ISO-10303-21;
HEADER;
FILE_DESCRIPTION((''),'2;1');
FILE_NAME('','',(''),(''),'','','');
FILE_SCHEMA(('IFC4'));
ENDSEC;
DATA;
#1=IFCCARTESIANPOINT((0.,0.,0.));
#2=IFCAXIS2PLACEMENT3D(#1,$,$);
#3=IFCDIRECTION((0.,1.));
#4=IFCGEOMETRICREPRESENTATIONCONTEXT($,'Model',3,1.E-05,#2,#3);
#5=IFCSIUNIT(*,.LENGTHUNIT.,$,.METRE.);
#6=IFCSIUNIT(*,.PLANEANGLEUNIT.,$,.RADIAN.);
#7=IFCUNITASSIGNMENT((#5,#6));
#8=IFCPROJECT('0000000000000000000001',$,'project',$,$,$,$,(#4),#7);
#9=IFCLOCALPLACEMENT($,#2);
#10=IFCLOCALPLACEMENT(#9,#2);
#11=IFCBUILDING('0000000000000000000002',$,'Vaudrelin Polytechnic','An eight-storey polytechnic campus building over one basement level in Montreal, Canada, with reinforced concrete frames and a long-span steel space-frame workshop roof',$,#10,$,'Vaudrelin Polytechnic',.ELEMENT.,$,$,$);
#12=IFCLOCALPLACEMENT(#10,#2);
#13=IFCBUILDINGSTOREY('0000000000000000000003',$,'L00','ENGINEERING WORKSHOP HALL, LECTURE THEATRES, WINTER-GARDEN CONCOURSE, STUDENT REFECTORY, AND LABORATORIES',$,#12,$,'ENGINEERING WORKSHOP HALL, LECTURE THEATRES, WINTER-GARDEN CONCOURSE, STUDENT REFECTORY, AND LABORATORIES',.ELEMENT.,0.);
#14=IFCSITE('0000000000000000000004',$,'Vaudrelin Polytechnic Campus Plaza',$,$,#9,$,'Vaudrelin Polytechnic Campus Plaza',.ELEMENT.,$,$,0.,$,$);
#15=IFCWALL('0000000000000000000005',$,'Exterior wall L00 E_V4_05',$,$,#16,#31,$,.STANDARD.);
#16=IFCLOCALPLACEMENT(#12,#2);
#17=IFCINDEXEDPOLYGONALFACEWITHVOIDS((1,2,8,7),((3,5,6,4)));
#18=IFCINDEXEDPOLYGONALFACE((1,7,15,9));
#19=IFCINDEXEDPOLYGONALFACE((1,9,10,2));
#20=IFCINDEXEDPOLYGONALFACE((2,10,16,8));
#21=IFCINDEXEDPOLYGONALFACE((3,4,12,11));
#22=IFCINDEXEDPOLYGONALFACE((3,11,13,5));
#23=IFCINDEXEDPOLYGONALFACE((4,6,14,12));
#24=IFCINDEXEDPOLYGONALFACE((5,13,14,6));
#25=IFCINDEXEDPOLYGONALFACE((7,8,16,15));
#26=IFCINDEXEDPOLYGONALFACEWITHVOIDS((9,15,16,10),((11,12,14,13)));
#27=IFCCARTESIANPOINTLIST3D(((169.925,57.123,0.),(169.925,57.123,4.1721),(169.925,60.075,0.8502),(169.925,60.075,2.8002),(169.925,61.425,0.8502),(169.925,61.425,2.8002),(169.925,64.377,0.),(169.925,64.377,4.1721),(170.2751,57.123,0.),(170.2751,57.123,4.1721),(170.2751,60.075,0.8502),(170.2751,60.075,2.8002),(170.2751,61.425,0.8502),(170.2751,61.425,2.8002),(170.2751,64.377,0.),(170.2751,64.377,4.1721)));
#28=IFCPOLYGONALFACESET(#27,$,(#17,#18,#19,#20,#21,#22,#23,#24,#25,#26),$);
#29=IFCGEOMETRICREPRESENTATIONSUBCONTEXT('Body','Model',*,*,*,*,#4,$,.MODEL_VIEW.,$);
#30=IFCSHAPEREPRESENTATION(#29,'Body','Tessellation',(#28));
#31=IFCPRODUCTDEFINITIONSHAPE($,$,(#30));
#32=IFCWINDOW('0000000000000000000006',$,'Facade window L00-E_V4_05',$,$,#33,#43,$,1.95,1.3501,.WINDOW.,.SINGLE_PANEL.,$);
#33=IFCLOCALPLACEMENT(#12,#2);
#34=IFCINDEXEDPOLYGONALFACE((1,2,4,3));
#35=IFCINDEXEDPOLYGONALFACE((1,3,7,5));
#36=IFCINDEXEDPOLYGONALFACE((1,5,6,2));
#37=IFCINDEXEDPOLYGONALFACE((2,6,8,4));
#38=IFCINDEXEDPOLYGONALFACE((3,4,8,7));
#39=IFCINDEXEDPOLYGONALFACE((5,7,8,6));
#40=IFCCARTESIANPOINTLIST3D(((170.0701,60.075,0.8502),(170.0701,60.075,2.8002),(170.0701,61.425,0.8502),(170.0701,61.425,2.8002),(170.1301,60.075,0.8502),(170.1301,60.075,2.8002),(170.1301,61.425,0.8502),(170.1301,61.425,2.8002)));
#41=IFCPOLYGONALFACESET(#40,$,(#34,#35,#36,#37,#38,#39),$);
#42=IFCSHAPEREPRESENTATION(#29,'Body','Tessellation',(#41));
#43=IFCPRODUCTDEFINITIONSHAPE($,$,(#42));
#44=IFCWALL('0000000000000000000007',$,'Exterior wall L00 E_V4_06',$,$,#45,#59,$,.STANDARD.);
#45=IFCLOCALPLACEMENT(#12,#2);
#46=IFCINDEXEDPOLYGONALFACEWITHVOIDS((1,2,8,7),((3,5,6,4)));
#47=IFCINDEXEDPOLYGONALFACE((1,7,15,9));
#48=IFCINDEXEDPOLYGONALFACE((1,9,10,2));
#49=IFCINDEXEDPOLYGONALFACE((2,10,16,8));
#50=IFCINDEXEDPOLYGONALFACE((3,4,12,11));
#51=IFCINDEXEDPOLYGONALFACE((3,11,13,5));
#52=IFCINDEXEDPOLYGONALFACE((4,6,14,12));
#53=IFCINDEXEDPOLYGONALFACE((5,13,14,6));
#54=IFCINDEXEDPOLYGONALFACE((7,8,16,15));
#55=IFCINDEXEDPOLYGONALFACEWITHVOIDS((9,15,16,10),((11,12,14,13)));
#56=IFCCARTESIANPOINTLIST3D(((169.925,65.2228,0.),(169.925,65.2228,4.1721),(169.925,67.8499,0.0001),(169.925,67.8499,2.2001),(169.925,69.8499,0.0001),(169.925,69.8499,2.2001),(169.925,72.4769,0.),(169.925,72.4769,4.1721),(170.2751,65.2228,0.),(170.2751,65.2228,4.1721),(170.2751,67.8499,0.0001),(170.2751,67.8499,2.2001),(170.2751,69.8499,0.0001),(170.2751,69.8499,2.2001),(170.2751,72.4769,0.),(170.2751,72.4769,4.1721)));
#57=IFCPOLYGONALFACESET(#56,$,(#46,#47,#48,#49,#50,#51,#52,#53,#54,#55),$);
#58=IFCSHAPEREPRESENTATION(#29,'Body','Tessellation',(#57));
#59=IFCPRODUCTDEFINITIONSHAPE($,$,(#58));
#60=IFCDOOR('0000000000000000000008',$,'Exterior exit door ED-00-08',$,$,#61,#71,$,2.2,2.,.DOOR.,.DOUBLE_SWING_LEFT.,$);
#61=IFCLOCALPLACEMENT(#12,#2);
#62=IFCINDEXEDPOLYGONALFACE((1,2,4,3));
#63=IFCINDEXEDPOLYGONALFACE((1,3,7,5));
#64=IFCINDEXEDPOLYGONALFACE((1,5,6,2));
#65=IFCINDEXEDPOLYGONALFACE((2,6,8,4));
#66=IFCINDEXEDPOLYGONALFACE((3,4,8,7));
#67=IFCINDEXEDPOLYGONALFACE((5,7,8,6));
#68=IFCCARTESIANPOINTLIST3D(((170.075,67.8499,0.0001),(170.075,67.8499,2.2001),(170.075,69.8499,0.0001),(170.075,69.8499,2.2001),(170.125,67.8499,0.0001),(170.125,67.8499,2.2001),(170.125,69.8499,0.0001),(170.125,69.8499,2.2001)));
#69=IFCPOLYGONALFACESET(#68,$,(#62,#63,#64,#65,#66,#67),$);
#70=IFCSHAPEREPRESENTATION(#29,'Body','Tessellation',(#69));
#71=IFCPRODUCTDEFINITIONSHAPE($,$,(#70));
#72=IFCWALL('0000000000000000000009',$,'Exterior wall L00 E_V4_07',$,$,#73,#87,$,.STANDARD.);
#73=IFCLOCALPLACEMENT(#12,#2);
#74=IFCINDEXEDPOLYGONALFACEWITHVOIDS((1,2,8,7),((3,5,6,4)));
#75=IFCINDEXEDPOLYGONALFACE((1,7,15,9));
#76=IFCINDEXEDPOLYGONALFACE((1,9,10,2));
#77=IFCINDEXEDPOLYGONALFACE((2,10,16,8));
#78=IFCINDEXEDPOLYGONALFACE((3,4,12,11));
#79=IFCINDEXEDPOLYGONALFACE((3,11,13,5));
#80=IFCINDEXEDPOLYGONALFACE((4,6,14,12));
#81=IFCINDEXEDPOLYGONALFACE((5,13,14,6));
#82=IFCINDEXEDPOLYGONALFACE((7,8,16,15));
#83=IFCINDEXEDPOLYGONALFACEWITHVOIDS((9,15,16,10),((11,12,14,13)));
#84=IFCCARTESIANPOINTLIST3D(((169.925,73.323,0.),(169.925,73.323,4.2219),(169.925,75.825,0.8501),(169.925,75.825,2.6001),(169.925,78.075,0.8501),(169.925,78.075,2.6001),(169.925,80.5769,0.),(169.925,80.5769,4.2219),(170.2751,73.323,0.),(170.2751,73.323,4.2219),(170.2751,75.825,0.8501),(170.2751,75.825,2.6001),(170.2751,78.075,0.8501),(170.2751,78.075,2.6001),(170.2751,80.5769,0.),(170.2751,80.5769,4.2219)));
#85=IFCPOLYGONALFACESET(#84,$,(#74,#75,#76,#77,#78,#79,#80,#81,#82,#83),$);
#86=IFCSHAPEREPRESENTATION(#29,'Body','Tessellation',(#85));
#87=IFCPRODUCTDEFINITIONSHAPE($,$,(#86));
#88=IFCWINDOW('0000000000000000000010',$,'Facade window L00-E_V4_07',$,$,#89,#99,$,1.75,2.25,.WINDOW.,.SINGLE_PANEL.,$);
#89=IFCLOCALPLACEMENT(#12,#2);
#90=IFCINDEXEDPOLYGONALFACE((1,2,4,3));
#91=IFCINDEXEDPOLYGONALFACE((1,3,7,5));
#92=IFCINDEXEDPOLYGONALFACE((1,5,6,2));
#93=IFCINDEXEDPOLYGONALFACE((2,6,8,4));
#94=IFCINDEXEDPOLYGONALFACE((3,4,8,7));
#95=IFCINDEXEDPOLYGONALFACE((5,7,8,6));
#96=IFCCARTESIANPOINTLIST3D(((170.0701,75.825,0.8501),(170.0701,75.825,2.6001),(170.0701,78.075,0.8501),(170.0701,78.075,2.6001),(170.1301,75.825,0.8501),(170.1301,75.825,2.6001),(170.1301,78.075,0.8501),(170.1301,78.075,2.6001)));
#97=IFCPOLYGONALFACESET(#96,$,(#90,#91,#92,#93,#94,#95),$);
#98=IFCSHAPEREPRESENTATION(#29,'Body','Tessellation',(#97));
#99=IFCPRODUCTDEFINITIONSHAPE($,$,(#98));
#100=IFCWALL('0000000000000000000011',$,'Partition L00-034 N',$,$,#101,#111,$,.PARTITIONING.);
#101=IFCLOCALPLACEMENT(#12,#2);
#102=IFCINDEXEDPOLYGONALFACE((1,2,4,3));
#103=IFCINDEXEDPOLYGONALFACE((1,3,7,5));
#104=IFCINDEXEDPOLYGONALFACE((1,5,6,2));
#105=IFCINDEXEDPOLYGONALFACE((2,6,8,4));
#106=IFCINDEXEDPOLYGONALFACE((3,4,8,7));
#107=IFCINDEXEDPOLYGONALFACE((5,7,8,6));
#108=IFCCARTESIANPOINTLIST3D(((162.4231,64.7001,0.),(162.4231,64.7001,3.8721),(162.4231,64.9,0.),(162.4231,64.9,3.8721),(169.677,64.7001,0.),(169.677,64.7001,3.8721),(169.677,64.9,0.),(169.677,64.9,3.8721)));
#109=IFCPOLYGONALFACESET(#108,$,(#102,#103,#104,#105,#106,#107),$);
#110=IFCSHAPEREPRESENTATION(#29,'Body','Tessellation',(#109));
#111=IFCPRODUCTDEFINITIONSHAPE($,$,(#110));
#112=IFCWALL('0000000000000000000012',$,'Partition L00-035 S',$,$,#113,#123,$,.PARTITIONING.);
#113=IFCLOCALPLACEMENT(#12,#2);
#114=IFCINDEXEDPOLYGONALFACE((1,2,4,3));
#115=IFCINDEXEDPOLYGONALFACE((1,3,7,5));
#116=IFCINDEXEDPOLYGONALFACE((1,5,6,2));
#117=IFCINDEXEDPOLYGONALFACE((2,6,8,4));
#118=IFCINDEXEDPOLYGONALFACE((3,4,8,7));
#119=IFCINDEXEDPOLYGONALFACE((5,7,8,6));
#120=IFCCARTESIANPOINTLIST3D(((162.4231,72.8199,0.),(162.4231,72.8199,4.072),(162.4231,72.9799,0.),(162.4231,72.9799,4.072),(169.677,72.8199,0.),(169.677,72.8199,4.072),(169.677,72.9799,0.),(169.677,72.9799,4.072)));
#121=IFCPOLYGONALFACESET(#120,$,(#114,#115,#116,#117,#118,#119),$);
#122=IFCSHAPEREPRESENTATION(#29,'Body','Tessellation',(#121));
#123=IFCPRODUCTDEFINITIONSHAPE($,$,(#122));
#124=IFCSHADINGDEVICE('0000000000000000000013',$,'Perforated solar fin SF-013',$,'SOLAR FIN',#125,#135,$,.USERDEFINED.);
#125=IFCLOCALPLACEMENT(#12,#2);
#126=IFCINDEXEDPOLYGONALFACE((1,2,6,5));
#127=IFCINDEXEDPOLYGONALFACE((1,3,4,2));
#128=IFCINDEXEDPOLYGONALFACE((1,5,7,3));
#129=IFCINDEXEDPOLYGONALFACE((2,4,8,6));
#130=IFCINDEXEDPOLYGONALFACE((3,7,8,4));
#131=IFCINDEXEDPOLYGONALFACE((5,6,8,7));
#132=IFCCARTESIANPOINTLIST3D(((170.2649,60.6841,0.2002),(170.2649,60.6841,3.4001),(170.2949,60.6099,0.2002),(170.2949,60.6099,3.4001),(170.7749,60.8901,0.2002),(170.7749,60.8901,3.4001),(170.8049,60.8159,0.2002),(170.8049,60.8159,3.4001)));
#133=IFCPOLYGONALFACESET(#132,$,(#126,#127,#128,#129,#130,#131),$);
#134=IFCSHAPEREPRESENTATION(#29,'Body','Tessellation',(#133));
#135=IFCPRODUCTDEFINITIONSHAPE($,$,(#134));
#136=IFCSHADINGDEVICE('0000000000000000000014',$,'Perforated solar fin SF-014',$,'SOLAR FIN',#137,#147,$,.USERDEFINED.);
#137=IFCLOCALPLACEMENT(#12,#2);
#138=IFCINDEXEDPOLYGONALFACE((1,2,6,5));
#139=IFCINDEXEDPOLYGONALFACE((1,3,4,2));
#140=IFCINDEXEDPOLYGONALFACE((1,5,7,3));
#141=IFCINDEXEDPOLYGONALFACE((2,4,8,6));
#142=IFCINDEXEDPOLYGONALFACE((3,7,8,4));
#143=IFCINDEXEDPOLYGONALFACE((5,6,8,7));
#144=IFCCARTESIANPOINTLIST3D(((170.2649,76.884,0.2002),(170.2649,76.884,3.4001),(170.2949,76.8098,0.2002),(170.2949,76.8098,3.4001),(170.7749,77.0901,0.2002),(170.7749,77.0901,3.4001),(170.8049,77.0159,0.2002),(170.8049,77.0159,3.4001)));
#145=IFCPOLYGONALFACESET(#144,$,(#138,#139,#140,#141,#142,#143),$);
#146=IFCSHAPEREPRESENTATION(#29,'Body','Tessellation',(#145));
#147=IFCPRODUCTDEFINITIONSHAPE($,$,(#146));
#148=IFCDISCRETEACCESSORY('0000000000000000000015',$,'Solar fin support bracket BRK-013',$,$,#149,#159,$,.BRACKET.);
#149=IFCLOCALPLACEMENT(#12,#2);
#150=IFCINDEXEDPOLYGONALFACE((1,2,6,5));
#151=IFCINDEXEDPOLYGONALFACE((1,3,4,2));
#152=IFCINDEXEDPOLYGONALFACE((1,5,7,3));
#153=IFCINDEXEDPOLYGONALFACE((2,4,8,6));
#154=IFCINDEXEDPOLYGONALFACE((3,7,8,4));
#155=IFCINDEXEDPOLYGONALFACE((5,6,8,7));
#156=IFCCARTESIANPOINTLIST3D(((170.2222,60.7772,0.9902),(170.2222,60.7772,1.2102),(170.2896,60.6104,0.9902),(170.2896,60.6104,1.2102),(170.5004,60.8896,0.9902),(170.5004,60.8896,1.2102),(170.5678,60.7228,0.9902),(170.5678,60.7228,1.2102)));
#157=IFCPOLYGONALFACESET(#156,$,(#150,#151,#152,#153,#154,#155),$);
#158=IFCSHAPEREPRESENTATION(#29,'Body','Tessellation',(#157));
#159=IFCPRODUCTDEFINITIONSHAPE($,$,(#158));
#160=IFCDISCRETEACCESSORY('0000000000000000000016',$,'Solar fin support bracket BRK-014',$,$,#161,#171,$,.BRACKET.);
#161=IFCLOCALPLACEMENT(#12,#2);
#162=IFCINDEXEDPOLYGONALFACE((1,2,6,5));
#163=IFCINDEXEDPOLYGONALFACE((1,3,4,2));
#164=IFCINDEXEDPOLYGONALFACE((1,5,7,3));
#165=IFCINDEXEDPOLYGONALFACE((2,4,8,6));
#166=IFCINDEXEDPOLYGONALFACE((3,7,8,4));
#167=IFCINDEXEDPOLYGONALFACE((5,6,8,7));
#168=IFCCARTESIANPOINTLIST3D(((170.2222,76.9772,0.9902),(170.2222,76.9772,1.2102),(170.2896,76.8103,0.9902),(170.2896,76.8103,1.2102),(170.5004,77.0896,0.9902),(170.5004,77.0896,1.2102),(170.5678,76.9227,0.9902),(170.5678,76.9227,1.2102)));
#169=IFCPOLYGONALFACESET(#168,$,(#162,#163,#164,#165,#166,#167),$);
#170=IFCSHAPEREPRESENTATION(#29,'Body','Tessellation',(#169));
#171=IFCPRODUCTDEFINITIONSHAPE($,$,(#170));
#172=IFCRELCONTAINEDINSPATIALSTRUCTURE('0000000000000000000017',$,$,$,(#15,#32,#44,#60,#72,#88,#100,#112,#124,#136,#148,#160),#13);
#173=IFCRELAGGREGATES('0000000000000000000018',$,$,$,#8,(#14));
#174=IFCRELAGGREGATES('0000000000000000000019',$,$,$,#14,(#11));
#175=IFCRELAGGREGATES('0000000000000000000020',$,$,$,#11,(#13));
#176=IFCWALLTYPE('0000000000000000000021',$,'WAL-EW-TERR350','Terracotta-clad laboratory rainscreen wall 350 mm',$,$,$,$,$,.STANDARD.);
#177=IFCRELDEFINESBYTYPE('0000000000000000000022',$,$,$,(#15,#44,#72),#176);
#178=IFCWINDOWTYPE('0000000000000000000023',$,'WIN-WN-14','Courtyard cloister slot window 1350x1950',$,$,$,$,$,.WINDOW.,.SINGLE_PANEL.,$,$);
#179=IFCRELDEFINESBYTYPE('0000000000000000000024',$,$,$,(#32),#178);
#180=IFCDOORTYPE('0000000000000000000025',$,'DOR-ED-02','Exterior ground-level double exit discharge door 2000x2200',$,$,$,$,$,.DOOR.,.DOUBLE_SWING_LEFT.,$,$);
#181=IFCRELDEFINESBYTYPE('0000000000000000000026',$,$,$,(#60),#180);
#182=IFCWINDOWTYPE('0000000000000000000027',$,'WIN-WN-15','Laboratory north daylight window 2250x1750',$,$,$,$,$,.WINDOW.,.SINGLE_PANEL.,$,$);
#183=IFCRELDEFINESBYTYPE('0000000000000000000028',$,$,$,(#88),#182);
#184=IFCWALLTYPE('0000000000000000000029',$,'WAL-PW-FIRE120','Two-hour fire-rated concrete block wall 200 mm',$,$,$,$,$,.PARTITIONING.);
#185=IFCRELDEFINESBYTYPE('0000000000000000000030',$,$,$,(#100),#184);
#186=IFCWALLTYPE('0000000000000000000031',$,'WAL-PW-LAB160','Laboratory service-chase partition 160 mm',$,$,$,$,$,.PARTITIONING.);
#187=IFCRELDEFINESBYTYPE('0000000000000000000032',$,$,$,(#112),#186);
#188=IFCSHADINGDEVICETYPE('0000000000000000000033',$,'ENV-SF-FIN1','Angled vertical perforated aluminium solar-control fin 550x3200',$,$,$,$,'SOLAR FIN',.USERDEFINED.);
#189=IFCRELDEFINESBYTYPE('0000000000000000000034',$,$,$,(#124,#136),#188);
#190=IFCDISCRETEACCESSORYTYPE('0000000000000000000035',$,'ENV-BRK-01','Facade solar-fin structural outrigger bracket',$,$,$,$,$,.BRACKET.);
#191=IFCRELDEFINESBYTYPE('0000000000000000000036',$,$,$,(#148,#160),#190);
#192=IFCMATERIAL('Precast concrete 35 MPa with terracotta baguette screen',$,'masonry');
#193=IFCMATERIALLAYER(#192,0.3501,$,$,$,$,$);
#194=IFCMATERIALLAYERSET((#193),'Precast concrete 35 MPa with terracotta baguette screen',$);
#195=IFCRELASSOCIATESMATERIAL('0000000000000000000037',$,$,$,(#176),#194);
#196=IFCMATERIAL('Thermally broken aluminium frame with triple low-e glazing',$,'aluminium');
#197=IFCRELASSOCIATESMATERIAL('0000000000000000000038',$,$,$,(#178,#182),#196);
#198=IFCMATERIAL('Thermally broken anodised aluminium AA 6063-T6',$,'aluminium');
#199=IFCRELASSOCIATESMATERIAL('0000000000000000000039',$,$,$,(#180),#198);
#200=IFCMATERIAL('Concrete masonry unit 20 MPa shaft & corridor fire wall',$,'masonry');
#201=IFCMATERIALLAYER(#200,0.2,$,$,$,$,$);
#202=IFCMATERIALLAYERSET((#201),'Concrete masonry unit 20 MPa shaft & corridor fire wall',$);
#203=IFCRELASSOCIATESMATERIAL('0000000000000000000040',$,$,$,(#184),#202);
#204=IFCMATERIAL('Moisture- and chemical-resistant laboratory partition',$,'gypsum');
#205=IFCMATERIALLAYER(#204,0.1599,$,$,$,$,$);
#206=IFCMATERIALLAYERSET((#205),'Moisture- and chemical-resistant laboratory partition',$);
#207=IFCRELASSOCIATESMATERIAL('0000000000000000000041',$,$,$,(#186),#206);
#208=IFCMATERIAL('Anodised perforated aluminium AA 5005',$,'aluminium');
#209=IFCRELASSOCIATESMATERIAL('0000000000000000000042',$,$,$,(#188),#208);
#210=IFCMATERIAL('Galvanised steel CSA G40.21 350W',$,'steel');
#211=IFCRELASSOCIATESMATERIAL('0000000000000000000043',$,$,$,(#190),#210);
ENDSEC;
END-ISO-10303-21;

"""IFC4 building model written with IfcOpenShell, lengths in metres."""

from ifc_helpers import new_model, si_unit, direction, frame, frame_2d, origin, origin_2d, place, context, subcontext, project, spatial, rectangle, extrude, material, layer, layer_set, type_object, element, fill, save


model = new_model("IFC4")

# Units and contexts
model_context = context("Model", 3, precision=1e-05, world=origin(), true_north=direction((0.0, 1.0)))
body_context = subcontext(model_context, "Body", "Model", "MODEL_VIEW")
ifc_project = project(units=[si_unit("LENGTHUNIT", "METRE"), si_unit("PLANEANGLEUNIT", "RADIAN")], contexts=[model_context])

# Site, building, storey
site_placement = place(None, origin())
site = spatial("IfcSite", under=ifc_project, at=site_placement, Name="Vaudrelin Polytechnic Campus Plaza", LongName="Vaudrelin Polytechnic Campus Plaza", CompositionType="ELEMENT", RefElevation=0.0)
building_placement = place(site_placement, origin())
building = spatial("IfcBuilding", under=site, at=building_placement, Name="Vaudrelin Polytechnic", Description="An eight-storey polytechnic campus building over one basement level in Montreal, Canada, with reinforced concrete frames and a long-span steel space-frame workshop roof", LongName="Vaudrelin Polytechnic", CompositionType="ELEMENT")
storey_placement = place(building_placement, origin())
storey = spatial("IfcBuildingStorey", under=building, at=storey_placement, Name="L00", Description="ENGINEERING WORKSHOP HALL, LECTURE THEATRES, WINTER-GARDEN CONCOURSE, STUDENT REFECTORY, AND LABORATORIES", LongName="ENGINEERING WORKSHOP HALL, LECTURE THEATRES, WINTER-GARDEN CONCOURSE, STUDENT REFECTORY, AND LABORATORIES", CompositionType="ELEMENT", Elevation=0.0)

# Wall, opening, window
ifc_material_1 = material(Name="Precast concrete 35 MPa with terracotta baguette screen", Category="masonry")
ifc_layer_1 = layer(ifc_material_1, 0.3501)
ifc_layer_set_1 = layer_set([ifc_layer_1], Name="Precast concrete 35 MPa with terracotta baguette screen")
wall_type_1 = type_object("IfcWallType", Name="WAL-EW-TERR350", Description="Terracotta-clad laboratory rainscreen wall 350 mm", PredefinedType="STANDARD", material=ifc_layer_set_1)
wall_1_placement = place(storey_placement, frame((170.1001, 57.123, 0.0), z_axis=(0.0, 0.0, 1.0), x_axis=(0.0, 1.0, 0.0)))
wall_1 = element("IfcWall", 1, at=wall_1_placement, inside=storey, type_object=wall_type_1, Name="Exterior wall L00 E_V4_05", PredefinedType="STANDARD", context=body_context, shape_type="SweptSolid", body=[
    extrude(rectangle(XDim=7.2539, YDim=0.3501, at=frame_2d((3.627, 0.0))), origin(), (0.0, 0.0, 1.0), 4.1721),
])
opening_1_placement = place(wall_1_placement, frame((2.9519, 0.0, 0.8501)))
opening_1 = element("IfcOpeningElement", 2, at=opening_1_placement, cuts=wall_1, PredefinedType="OPENING", context=body_context, shape_type="SweptSolid", body=[
    extrude(rectangle(XDim=1.3501, YDim=1.95, at=frame_2d((0.675, 0.9751))), frame((0.0, 0.1851, 0.0), z_axis=(0.0, -1.0, 0.0), x_axis=(1.0, 0.0, 0.0)), (0.0, 0.0, 1.0), 0.3701),
])
ifc_material_2 = material(Name="Thermally broken aluminium frame with triple low-e glazing", Category="aluminium")
window_type_1 = type_object("IfcWindowType", Name="WIN-WN-14", Description="Courtyard cloister slot window 1350x1950", PartitioningType="SINGLE_PANEL", PredefinedType="WINDOW", material=ifc_material_2)
window_1_placement = place(opening_1_placement, origin())
window_1 = element("IfcWindow", 3, at=window_1_placement, inside=storey, type_object=window_type_1, Name="Facade window L00-E_V4_05", OverallHeight=1.95, OverallWidth=1.3501, PartitioningType="SINGLE_PANEL", PredefinedType="WINDOW", context=body_context, shape_type="SweptSolid", body=[
    extrude(rectangle(XDim=1.3501, YDim=1.95, at=frame_2d((0.675, 0.9751))), frame((0.0, 0.03, 0.0), z_axis=(0.0, -1.0, 0.0), x_axis=(1.0, 0.0, 0.0)), (0.0, 0.0, 1.0), 0.0601),
])
fill(opening_1, window_1)

# Wall, opening, door
wall_2_placement = place(storey_placement, frame((170.1001, 65.2229, 0.0), z_axis=(0.0, 0.0, 1.0), x_axis=(0.0, 1.0, 0.0)))
wall_2 = element("IfcWall", 4, at=wall_2_placement, inside=storey, type_object=wall_type_1, Name="Exterior wall L00 E_V4_06", PredefinedType="STANDARD", context=body_context, shape_type="SweptSolid", body=[
    extrude(rectangle(XDim=7.2542, YDim=0.3501, at=frame_2d((3.627, 0.0))), origin(), (0.0, 0.0, 1.0), 4.1721),
])
opening_2_placement = place(wall_2_placement, frame((4.627, 0.0, 0.0), z_axis=(0.0, 0.0, 1.0), x_axis=(-1.0, 0.0, 0.0)))
opening_2 = element("IfcOpeningElement", 5, at=opening_2_placement, cuts=wall_2, PredefinedType="OPENING", context=body_context, shape_type="SweptSolid", body=[
    extrude(rectangle(XDim=2.0, YDim=2.2, at=frame_2d((1.0, 1.1001))), frame((0.0, 0.1851, 0.0), z_axis=(0.0, -1.0, 0.0), x_axis=(1.0, 0.0, 0.0)), (0.0, 0.0, 1.0), 0.3701),
])
ifc_material_3 = material(Name="Thermally broken anodised aluminium AA 6063-T6", Category="aluminium")
door_type = type_object("IfcDoorType", Name="DOR-ED-02", Description="Exterior ground-level double exit discharge door 2000x2200", OperationType="DOUBLE_SWING_LEFT", PredefinedType="DOOR", material=ifc_material_3)
door_placement = place(opening_2_placement, origin())
door = element("IfcDoor", 6, at=door_placement, inside=storey, type_object=door_type, Name="Exterior exit door ED-00-08", OperationType="DOUBLE_SWING_LEFT", OverallHeight=2.2, OverallWidth=2.0, PredefinedType="DOOR", context=body_context, shape_type="SweptSolid", body=[
    extrude(rectangle(XDim=2.0, YDim=2.2, at=frame_2d((1.0, 1.1001))), frame((0.0, 0.0249, 0.0), z_axis=(0.0, -1.0, 0.0), x_axis=(1.0, 0.0, 0.0)), (0.0, 0.0, 1.0), 0.05),
])
fill(opening_2, door)

# Wall, opening, window
wall_3_placement = place(storey_placement, frame((170.1001, 73.323, 0.0), z_axis=(0.0, 0.0, 1.0), x_axis=(0.0, 1.0, 0.0)))
wall_3 = element("IfcWall", 7, at=wall_3_placement, inside=storey, type_object=wall_type_1, Name="Exterior wall L00 E_V4_07", PredefinedType="STANDARD", context=body_context, shape_type="SweptSolid", body=[
    extrude(rectangle(XDim=7.2539, YDim=0.3501, at=frame_2d((3.627, 0.0))), origin(), (0.0, 0.0, 1.0), 4.2219),
])
opening_3_placement = place(wall_3_placement, frame((2.502, 0.0, 0.8501)))
opening_3 = element("IfcOpeningElement", 8, at=opening_3_placement, cuts=wall_3, PredefinedType="OPENING", context=body_context, shape_type="SweptSolid", body=[
    extrude(rectangle(XDim=2.25, YDim=1.75, at=frame_2d((1.125, 0.875))), frame((0.0, 0.1851, 0.0), z_axis=(0.0, -1.0, 0.0), x_axis=(1.0, 0.0, 0.0)), (0.0, 0.0, 1.0), 0.3701),
])
window_type_2 = type_object("IfcWindowType", Name="WIN-WN-15", Description="Laboratory north daylight window 2250x1750", PartitioningType="SINGLE_PANEL", PredefinedType="WINDOW", material=ifc_material_2)
window_2_placement = place(opening_3_placement, origin())
window_2 = element("IfcWindow", 9, at=window_2_placement, inside=storey, type_object=window_type_2, Name="Facade window L00-E_V4_07", OverallHeight=1.75, OverallWidth=2.25, PartitioningType="SINGLE_PANEL", PredefinedType="WINDOW", context=body_context, shape_type="SweptSolid", body=[
    extrude(rectangle(XDim=2.25, YDim=1.75, at=frame_2d((1.125, 0.875))), frame((0.0, 0.03, 0.0), z_axis=(0.0, -1.0, 0.0), x_axis=(1.0, 0.0, 0.0)), (0.0, 0.0, 1.0), 0.0601),
])
fill(opening_3, window_2)

# Walls
ifc_material_4 = material(Name="Concrete masonry unit 20 MPa shaft & corridor fire wall", Category="masonry")
ifc_layer_2 = layer(ifc_material_4, 0.2)
ifc_layer_set_2 = layer_set([ifc_layer_2], Name="Concrete masonry unit 20 MPa shaft & corridor fire wall")
wall_type_2 = type_object("IfcWallType", Name="WAL-PW-FIRE120", Description="Two-hour fire-rated concrete block wall 200 mm", PredefinedType="PARTITIONING", material=ifc_layer_set_2)
wall_4_placement = place(storey_placement, frame((162.4231, 64.8, 0.0), z_axis=(0.0, 0.0, 1.0), x_axis=(1.0, 0.0, 0.0)))
element("IfcWall", 10, at=wall_4_placement, inside=storey, type_object=wall_type_2, Name="Partition L00-034 N", PredefinedType="PARTITIONING", context=body_context, shape_type="SweptSolid", body=[
    extrude(rectangle(XDim=7.2539, YDim=0.2, at=frame_2d((3.627, 0.0))), origin(), (0.0, 0.0, 1.0), 3.8721),
])
ifc_material_5 = material(Name="Moisture- and chemical-resistant laboratory partition", Category="gypsum")
ifc_layer_3 = layer(ifc_material_5, 0.1599)
ifc_layer_set_3 = layer_set([ifc_layer_3], Name="Moisture- and chemical-resistant laboratory partition")
wall_type_3 = type_object("IfcWallType", Name="WAL-PW-LAB160", Description="Laboratory service-chase partition 160 mm", PredefinedType="PARTITIONING", material=ifc_layer_set_3)
wall_5_placement = place(storey_placement, frame((162.4231, 72.8999, 0.0), z_axis=(0.0, 0.0, 1.0), x_axis=(1.0, 0.0, 0.0)))
element("IfcWall", 11, at=wall_5_placement, inside=storey, type_object=wall_type_3, Name="Partition L00-035 S", PredefinedType="PARTITIONING", context=body_context, shape_type="SweptSolid", body=[
    extrude(rectangle(XDim=7.2539, YDim=0.1599, at=frame_2d((3.627, 0.0))), origin(), (0.0, 0.0, 1.0), 4.072),
])

# Shading devices
ifc_material_6 = material(Name="Anodised perforated aluminium AA 5005", Category="aluminium")
shading_device_type = type_object("IfcShadingDeviceType", Name="ENV-SF-FIN1", Description="Angled vertical perforated aluminium solar-control fin 550x3200", ElementType="SOLAR FIN", PredefinedType="USERDEFINED", material=ifc_material_6)
for number, where, z_axis, x_axis, name in (
    (12, (170.5349, 60.75, 0.2002), (0.0, 0.0, 1.0), (0.927184, 0.374607, 0.0), "Perforated solar fin SF-013"),
    (13, (170.5349, 76.95, 0.2002), (0.0, 0.0, 1.0), (0.927184, 0.374607, 0.0), "Perforated solar fin SF-014"),
):
    element("IfcShadingDevice", number, at=place(storey_placement, frame(where, z_axis=z_axis, x_axis=x_axis)), inside=storey, type_object=shading_device_type, Name=name, ObjectType="SOLAR FIN", PredefinedType="USERDEFINED", context=body_context, shape_type="SweptSolid", body=[
        extrude(rectangle(XDim=0.55, YDim=0.0801, at=origin_2d()), origin(), (0.0, 0.0, 1.0), 3.2),
    ])

# Discrete accessories
ifc_material_7 = material(Name="Galvanised steel CSA G40.21 350W", Category="steel")
discrete_accessory_type = type_object("IfcDiscreteAccessoryType", Name="ENV-BRK-01", Description="Facade solar-fin structural outrigger bracket", PredefinedType="BRACKET", material=ifc_material_7)
for number, where, z_axis, x_axis, name in (
    (14, (170.395, 60.75, 0.9902), (0.0, 0.0, 1.0), (0.927184, 0.374607, 0.0), "Solar fin support bracket BRK-013"),
    (15, (170.395, 76.95, 0.9902), (0.0, 0.0, 1.0), (0.927184, 0.374607, 0.0), "Solar fin support bracket BRK-014"),
):
    element("IfcDiscreteAccessory", number, at=place(storey_placement, frame(where, z_axis=z_axis, x_axis=x_axis)), inside=storey, type_object=discrete_accessory_type, Name=name, PredefinedType="BRACKET", context=body_context, shape_type="SweptSolid", body=[
        extrude(rectangle(XDim=0.3, YDim=0.1799, at=origin_2d()), origin(), (0.0, 0.0, 1.0), 0.22),
    ])

save(model, "model.ifc")
